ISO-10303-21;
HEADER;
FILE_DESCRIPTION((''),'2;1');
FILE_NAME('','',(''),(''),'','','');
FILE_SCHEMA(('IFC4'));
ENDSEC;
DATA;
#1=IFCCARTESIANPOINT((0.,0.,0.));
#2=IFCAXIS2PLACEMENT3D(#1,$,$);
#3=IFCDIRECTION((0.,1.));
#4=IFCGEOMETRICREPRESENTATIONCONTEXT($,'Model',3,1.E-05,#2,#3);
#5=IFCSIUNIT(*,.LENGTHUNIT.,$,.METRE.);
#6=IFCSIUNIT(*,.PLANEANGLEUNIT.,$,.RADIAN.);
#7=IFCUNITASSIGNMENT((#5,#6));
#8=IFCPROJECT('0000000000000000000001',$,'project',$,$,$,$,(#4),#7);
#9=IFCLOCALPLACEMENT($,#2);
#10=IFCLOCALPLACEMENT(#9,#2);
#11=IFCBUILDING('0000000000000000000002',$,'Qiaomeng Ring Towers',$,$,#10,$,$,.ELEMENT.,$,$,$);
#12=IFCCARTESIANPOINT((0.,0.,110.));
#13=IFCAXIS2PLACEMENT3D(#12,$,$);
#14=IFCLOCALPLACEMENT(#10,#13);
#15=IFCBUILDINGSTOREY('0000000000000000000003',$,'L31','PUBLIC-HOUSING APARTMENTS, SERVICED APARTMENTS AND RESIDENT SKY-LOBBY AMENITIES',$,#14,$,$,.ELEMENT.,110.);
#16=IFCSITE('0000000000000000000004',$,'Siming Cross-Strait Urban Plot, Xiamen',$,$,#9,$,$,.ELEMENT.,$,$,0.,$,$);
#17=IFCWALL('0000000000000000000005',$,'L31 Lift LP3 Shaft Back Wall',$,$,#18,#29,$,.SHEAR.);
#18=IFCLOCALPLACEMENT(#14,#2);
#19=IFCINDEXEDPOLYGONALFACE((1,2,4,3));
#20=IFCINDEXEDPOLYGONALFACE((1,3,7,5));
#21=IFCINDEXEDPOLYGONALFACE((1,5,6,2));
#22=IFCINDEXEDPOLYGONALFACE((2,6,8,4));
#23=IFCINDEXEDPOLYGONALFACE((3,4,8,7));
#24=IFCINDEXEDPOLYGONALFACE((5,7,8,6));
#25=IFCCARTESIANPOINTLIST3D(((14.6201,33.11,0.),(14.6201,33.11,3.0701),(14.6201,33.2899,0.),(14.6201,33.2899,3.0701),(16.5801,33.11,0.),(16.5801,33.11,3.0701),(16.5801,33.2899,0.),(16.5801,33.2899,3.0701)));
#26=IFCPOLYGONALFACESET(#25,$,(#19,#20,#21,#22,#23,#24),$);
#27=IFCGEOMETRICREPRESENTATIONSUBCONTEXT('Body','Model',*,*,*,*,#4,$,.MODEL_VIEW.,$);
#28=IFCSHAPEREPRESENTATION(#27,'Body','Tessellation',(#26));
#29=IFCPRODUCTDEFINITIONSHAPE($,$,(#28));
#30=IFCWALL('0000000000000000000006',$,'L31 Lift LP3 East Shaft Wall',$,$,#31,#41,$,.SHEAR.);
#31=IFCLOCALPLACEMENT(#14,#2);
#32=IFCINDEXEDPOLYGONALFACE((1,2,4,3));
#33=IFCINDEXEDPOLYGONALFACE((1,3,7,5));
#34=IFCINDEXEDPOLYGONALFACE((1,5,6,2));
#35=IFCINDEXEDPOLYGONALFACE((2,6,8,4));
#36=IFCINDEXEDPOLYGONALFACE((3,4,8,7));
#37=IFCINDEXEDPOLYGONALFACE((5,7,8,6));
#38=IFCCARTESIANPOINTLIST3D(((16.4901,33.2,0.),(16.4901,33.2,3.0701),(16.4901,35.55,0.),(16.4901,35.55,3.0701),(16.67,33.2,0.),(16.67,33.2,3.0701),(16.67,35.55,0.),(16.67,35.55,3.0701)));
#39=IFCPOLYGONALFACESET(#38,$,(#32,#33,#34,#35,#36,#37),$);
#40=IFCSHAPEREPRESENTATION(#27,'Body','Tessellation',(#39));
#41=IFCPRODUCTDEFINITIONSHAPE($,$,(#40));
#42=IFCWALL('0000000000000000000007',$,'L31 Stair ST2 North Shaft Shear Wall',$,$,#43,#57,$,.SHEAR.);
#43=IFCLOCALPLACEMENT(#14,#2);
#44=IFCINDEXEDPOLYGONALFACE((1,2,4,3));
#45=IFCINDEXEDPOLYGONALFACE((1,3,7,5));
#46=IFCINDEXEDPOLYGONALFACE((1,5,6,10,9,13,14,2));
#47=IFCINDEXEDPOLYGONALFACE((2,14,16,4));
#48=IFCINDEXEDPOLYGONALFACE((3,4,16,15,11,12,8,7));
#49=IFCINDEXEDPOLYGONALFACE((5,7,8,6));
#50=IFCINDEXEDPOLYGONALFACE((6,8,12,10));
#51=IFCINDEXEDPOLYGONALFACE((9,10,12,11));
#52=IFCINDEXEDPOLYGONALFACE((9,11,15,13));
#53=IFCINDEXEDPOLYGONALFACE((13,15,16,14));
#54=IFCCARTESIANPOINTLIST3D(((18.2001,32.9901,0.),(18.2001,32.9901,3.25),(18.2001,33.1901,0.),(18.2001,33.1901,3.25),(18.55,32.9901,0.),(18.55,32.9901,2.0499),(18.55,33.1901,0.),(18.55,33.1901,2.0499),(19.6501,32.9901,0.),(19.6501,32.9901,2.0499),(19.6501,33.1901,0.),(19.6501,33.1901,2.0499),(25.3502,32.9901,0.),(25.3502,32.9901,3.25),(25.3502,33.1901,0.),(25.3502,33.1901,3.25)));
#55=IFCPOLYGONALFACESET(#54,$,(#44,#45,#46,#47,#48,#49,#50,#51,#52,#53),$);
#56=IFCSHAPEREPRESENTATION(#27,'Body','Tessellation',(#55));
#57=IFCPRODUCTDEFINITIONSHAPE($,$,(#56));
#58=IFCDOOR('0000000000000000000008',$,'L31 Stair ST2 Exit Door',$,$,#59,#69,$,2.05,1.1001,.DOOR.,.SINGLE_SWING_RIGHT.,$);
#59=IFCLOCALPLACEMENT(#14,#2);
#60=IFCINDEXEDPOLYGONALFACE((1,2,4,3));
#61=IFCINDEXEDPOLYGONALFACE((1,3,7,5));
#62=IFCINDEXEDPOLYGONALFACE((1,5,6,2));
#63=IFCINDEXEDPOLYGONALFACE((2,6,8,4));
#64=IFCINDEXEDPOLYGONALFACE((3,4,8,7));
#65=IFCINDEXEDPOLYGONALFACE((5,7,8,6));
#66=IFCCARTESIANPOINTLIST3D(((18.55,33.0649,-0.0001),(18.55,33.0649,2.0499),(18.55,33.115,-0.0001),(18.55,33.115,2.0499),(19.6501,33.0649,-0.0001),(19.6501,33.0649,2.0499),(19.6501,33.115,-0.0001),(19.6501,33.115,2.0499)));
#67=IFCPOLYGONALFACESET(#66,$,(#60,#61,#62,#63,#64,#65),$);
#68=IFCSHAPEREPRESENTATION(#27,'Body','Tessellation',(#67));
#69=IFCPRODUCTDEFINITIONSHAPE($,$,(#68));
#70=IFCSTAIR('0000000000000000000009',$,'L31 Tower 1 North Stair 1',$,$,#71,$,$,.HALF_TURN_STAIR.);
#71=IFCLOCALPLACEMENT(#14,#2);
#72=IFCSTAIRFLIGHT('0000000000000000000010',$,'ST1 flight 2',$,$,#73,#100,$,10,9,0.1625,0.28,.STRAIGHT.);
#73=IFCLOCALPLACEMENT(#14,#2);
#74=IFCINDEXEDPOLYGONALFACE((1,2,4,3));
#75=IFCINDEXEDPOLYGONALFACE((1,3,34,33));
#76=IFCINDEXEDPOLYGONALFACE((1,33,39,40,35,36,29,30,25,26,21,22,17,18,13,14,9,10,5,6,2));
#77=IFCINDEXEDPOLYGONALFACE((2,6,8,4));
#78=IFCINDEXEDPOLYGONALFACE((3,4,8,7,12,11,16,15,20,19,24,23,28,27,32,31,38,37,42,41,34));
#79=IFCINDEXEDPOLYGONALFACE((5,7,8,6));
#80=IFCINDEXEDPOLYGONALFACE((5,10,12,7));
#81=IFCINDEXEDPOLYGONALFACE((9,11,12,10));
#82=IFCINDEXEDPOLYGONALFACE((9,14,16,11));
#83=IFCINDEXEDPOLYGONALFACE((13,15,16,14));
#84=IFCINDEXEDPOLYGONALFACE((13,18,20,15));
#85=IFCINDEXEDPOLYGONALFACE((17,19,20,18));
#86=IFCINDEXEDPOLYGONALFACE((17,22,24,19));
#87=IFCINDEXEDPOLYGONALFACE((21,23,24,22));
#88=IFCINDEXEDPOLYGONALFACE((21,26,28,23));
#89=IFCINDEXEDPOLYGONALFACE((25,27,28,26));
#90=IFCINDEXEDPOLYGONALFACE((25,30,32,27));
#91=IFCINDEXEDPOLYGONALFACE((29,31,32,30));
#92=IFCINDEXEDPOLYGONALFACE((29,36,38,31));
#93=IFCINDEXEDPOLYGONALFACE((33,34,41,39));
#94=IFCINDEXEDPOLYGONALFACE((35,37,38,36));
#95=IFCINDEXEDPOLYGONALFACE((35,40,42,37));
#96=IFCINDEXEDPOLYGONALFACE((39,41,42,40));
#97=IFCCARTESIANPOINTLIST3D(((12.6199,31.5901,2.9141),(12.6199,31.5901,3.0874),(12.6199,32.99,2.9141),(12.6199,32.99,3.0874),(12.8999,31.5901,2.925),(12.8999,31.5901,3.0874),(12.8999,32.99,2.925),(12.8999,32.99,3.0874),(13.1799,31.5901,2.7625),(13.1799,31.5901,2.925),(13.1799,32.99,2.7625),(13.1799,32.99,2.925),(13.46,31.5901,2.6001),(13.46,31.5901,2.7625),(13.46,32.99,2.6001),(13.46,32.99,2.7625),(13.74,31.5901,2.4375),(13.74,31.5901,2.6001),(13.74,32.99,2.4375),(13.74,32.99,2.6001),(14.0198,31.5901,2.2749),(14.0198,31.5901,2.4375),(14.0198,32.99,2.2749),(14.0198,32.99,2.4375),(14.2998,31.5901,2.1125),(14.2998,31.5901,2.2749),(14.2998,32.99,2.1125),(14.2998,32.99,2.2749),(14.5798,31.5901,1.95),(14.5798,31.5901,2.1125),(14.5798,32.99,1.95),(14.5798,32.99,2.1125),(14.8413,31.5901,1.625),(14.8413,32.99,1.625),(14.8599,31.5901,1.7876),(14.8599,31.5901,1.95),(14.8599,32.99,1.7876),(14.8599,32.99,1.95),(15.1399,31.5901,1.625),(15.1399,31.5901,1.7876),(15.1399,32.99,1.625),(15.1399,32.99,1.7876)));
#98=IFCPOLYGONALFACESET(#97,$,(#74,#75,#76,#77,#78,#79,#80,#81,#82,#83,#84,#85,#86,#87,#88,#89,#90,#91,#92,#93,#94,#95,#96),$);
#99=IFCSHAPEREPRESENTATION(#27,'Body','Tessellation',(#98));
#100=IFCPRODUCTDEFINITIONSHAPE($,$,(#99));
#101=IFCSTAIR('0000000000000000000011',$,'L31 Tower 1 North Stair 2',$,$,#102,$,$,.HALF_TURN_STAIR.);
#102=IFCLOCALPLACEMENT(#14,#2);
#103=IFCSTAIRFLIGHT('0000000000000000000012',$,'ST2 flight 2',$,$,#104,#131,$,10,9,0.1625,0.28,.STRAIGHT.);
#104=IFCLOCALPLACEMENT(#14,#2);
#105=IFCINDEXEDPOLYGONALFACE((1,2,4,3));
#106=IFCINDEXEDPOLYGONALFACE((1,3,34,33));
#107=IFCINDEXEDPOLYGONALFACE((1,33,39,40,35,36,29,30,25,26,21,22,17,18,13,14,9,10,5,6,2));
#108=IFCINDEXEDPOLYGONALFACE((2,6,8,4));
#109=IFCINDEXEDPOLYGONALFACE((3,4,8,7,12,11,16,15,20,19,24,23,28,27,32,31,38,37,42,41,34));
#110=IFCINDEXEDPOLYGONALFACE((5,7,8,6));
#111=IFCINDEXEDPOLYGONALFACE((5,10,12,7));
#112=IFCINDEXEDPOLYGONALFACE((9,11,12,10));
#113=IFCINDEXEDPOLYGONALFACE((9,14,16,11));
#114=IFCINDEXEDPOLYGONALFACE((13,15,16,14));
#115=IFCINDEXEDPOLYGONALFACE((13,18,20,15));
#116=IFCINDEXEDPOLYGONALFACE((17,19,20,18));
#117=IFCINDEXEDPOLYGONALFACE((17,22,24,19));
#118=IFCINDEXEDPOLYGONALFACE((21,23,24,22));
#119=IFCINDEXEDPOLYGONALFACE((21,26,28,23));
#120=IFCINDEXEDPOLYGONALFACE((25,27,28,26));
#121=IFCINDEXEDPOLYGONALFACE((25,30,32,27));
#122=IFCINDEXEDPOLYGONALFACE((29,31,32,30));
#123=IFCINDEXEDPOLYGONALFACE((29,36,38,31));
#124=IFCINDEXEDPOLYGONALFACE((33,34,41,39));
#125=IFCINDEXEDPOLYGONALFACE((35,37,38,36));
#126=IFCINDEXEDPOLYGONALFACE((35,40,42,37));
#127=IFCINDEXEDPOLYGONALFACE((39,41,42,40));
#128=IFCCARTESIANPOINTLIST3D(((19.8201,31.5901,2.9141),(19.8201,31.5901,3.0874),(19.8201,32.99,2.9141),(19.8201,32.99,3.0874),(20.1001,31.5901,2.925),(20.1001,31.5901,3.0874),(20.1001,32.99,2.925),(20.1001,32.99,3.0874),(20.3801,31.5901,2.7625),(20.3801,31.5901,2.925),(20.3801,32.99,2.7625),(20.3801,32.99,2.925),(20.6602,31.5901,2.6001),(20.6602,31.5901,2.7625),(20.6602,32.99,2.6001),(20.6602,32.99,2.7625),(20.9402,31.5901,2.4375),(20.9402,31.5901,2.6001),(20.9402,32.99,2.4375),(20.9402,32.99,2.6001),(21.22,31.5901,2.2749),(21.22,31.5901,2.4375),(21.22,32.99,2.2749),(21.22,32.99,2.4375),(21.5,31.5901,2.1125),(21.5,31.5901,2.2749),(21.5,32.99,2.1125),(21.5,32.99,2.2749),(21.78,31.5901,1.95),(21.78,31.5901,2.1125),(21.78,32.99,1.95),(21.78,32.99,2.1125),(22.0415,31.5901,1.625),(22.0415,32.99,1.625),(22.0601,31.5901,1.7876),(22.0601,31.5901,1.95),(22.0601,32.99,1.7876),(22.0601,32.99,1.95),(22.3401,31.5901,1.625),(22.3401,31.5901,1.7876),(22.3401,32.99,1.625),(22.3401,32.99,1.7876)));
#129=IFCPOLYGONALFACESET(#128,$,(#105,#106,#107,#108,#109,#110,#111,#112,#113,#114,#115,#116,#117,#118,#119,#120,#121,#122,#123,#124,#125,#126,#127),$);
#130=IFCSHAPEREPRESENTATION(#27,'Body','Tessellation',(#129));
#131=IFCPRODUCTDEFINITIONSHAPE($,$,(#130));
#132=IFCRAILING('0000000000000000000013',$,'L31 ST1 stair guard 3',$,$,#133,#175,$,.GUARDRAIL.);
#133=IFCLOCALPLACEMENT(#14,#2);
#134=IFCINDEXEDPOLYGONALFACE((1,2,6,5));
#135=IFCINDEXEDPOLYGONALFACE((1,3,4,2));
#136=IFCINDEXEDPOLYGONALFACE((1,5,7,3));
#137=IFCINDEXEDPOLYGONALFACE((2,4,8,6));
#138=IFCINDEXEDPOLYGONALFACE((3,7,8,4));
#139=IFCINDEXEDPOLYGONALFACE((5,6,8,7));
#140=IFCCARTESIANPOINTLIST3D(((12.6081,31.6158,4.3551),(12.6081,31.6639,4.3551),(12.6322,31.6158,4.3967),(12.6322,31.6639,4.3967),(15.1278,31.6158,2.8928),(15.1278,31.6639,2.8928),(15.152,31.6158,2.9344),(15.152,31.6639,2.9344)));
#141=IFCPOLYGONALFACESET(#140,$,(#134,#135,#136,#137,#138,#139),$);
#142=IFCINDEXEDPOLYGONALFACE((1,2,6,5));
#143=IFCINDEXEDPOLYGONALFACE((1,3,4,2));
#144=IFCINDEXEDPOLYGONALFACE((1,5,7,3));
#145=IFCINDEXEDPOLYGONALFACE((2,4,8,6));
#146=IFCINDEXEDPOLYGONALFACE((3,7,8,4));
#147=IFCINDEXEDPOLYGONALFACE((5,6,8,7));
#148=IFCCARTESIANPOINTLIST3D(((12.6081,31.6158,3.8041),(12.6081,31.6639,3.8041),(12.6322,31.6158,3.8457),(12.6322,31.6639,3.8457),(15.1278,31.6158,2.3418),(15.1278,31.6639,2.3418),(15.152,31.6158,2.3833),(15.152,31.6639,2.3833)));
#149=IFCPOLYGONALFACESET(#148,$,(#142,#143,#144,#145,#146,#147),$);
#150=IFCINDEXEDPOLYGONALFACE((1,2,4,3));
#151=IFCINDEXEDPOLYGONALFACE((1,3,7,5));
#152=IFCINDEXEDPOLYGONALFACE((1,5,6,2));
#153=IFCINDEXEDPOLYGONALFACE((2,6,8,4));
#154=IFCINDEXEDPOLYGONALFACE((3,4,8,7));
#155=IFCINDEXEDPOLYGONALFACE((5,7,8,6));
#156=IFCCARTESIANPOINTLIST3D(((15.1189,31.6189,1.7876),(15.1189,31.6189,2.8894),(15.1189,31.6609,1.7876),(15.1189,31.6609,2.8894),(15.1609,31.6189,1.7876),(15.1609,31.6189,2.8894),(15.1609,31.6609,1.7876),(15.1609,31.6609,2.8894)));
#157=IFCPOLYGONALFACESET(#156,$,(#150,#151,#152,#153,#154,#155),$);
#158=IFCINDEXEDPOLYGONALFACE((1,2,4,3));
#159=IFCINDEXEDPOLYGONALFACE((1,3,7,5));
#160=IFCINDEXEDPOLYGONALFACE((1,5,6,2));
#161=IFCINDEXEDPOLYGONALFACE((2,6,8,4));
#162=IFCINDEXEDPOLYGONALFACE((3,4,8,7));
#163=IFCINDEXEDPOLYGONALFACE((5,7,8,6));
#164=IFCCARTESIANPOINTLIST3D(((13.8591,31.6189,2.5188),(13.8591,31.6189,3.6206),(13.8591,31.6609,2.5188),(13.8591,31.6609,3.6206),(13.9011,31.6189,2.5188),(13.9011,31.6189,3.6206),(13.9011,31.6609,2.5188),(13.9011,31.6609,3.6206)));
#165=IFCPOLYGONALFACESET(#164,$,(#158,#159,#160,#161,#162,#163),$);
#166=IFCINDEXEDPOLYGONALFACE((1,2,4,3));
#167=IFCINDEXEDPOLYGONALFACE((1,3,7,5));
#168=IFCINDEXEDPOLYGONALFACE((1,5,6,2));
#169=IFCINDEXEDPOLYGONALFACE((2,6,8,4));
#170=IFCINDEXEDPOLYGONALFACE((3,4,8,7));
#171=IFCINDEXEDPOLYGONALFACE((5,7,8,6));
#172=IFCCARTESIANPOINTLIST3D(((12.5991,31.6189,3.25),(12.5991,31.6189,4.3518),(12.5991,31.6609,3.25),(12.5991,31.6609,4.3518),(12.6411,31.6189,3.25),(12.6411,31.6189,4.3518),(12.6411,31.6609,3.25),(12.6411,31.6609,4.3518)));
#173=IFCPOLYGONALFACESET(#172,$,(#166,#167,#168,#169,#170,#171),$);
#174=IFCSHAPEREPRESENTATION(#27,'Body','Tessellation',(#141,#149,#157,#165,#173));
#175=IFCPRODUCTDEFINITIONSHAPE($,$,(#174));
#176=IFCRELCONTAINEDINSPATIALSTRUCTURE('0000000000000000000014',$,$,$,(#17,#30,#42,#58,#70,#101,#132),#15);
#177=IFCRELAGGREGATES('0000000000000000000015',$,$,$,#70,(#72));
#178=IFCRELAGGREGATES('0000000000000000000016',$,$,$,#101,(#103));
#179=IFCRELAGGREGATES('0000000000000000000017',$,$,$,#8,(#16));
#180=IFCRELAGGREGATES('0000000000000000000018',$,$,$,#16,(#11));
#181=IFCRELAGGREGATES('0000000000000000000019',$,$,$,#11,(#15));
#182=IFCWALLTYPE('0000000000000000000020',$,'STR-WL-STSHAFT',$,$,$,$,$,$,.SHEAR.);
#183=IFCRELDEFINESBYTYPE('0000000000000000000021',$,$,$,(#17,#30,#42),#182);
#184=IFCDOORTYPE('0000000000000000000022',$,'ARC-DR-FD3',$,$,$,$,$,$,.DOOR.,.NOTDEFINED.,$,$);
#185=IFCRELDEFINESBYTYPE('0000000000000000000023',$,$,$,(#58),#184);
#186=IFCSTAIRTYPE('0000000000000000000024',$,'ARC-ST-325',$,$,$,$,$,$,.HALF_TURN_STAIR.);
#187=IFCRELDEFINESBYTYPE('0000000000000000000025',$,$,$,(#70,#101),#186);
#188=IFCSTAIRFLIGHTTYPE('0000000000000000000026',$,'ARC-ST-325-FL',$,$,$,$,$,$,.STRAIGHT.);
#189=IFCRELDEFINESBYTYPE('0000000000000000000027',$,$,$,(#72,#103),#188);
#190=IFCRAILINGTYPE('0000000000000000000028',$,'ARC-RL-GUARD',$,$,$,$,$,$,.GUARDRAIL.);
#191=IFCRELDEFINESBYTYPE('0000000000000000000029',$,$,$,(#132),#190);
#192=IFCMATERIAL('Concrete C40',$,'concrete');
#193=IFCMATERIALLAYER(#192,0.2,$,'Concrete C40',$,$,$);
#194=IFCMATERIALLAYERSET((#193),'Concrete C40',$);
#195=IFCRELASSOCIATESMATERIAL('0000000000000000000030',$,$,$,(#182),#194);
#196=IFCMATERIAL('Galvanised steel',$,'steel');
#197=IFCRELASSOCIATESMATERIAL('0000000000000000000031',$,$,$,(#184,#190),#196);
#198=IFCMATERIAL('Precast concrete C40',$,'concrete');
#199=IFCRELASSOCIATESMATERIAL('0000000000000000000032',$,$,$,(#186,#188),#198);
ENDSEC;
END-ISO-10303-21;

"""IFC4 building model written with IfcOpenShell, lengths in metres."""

from ifc_helpers import new_model, si_unit, direction, frame, frame_2d, origin, origin_2d, place, context, subcontext, project, spatial, polyline, rectangle, outline, extrude, source, transform, mapped, material, layer, layer_set, type_object, element, fill, aggregate, save


model = new_model("IFC4")

# Units and contexts
model_context = context("Model", 3, precision=1e-05, world=origin(), true_north=direction((0.0, 1.0)))
body_context = subcontext(model_context, "Body", "Model", "MODEL_VIEW")
ifc_project = project(units=[si_unit("LENGTHUNIT", "METRE"), si_unit("PLANEANGLEUNIT", "RADIAN")], contexts=[model_context])

# Site, building, storey
site_placement = place(None, origin())
site = spatial("IfcSite", under=ifc_project, at=site_placement, Name="Siming Cross-Strait Urban Plot, Xiamen", CompositionType="ELEMENT", RefElevation=0.0)
building_placement = place(site_placement, origin())
building = spatial("IfcBuilding", under=site, at=building_placement, Name="Qiaomeng Ring Towers", CompositionType="ELEMENT")
storey_placement = place(building_placement, frame((0.0, 0.0, 110.0)))
storey = spatial("IfcBuildingStorey", under=building, at=storey_placement, Name="L31", Description="PUBLIC-HOUSING APARTMENTS, SERVICED APARTMENTS AND RESIDENT SKY-LOBBY AMENITIES", CompositionType="ELEMENT", Elevation=110.0)

# Walls
ifc_material_1 = material(Name="Concrete C40", Category="concrete")
ifc_layer_1 = layer(ifc_material_1, 0.2, Name="Concrete C40")
ifc_layer_set_1 = layer_set([ifc_layer_1], Name="Concrete C40")
wall_type_1 = type_object("IfcWallType", Name="STR-WL-STSHAFT", PredefinedType="SHEAR", material=ifc_layer_set_1)
wall_1_placement = place(storey_placement, frame((14.6201, 33.2, 0.0), z_axis=(0.0, 0.0, 1.0), x_axis=(1.0, 0.0, 0.0)))
element("IfcWall", 1, at=wall_1_placement, inside=storey, type_object=wall_type_1, Name="L31 Lift LP3 Shaft Back Wall", PredefinedType="SHEAR", context=body_context, shape_type="SweptSolid", body=[
    extrude(rectangle(XDim=1.96, YDim=0.1799, at=frame_2d((0.98, 0.0))), origin(), (0.0, 0.0, 1.0), 3.0701),
])
wall_2_placement = place(storey_placement, frame((16.5801, 33.2, 0.0), z_axis=(0.0, 0.0, 1.0), x_axis=(0.0, 1.0, 0.0)))
element("IfcWall", 2, at=wall_2_placement, inside=storey, type_object=wall_type_1, Name="L31 Lift LP3 East Shaft Wall", PredefinedType="SHEAR", context=body_context, shape_type="SweptSolid", body=[
    extrude(rectangle(XDim=2.3501, YDim=0.1799, at=frame_2d((1.175, 0.0))), origin(), (0.0, 0.0, 1.0), 3.0701),
])

# Wall, opening, door
wall_3_placement = place(storey_placement, frame((18.2, 33.0901, 0.0), z_axis=(0.0, 0.0, 1.0), x_axis=(1.0, 0.0, 0.0)))
wall_3 = element("IfcWall", 3, at=wall_3_placement, inside=storey, type_object=wall_type_1, Name="L31 Stair ST2 North Shaft Shear Wall", PredefinedType="SHEAR", context=body_context, shape_type="SweptSolid", body=[
    extrude(rectangle(XDim=7.1501, YDim=0.2, at=frame_2d((3.5752, 0.0))), origin(), (0.0, 0.0, 1.0), 3.25),
])
opening_placement = place(wall_3_placement, frame((0.3501, 0.0, 0.0)))
opening = element("IfcOpeningElement", 4, at=opening_placement, cuts=wall_3, PredefinedType="OPENING", context=body_context, shape_type="SweptSolid", body=[
    extrude(rectangle(XDim=1.1001, YDim=2.05, at=frame_2d((0.55, 1.0249))), frame((0.0, 0.1099, 0.0), z_axis=(0.0, -1.0, 0.0), x_axis=(1.0, 0.0, 0.0)), (0.0, 0.0, 1.0), 0.22),
])
ifc_material_2 = material(Name="Galvanised steel", Category="steel")
door_type = type_object("IfcDoorType", Name="ARC-DR-FD3", OperationType="NOTDEFINED", PredefinedType="DOOR", material=ifc_material_2)
shared_shape_1 = source(origin(), body_context, "Body", "SweptSolid", [
    extrude(rectangle(XDim=1.1001, YDim=2.05, at=frame_2d((0.55, 1.0249))), frame((0.0, 0.0249, 0.0), z_axis=(0.0, -1.0, 0.0), x_axis=(1.0, 0.0, 0.0)), (0.0, 0.0, 1.0), 0.05),
])
door_placement = place(opening_placement, origin())
door = element("IfcDoor", 5, at=door_placement, inside=storey, type_object=door_type, Name="L31 Stair ST2 Exit Door", OperationType="SINGLE_SWING_RIGHT", OverallHeight=2.05, OverallWidth=1.1001, PredefinedType="DOOR", context=body_context, shape_type="MappedRepresentation", body=[
    mapped(shared_shape_1, transform((0.0, 0.0, 0.0), x_axis=(1.0, 0.0, 0.0), y_axis=(0.0, 1.0, 0.0), z_axis=(0.0, 0.0, 1.0), scale=1.0)),
])
fill(opening, door)

# Stairs, stair flights
ifc_material_3 = material(Name="Precast concrete C40", Category="concrete")
stair_type = type_object("IfcStairType", Name="ARC-ST-325", PredefinedType="HALF_TURN_STAIR", material=ifc_material_3)
stair_1_placement = place(storey_placement, origin())
stair_1 = element("IfcStair", 6, at=stair_1_placement, inside=storey, type_object=stair_type, Name="L31 Tower 1 North Stair 1", PredefinedType="HALF_TURN_STAIR")
stair_flight_type = type_object("IfcStairFlightType", Name="ARC-ST-325-FL", PredefinedType="STRAIGHT", material=ifc_material_3)
shared_shape_2 = source(origin(), body_context, "Body", "SweptSolid", [
    extrude(outline(polyline([(0.0, 0.0), (0.0, 0.1626), (0.28, 0.1626), (0.28, 0.325), (0.5601, 0.325), (0.5601, 0.4875), (0.8401, 0.4875), (0.8401, 0.6499), (1.1201, 0.6499), (1.1201, 0.8125), (1.3999, 0.8125), (1.3999, 0.9751), (1.6799, 0.9751), (1.6799, 1.1375), (1.96, 1.1375), (1.96, 1.3), (2.24, 1.3), (2.24, 1.4624), (2.52, 1.4624), (2.52, 1.625), (2.52, 1.2891), (0.2986, 0.0), (0.0, 0.0)])), frame((0.0, 0.7, 0.0), z_axis=(0.0, -1.0, 0.0), x_axis=(1.0, 0.0, 0.0)), (0.0, 0.0, 1.0), 1.3999),
])
stair_flight_1_placement = place(storey_placement, frame((15.1399, 32.29, 1.625), z_axis=(0.0, 0.0, 1.0), x_axis=(-1.0, 0.0, 0.0)))
stair_flight_1 = element("IfcStairFlight", 7, at=stair_flight_1_placement, type_object=stair_flight_type, Name="ST1 flight 2", NumberOfRisers=10, NumberOfTreads=9, PredefinedType="STRAIGHT", RiserHeight=0.1625, TreadLength=0.28, context=body_context, shape_type="MappedRepresentation", body=[
    mapped(shared_shape_2, transform((0.0, 0.0, 0.0), x_axis=(1.0, 0.0, 0.0), y_axis=(0.0, 1.0, 0.0), z_axis=(0.0, 0.0, 1.0), scale=1.0)),
])
aggregate(stair_1, [stair_flight_1])
stair_2_placement = place(storey_placement, origin())
stair_2 = element("IfcStair", 8, at=stair_2_placement, inside=storey, type_object=stair_type, Name="L31 Tower 1 North Stair 2", PredefinedType="HALF_TURN_STAIR")
stair_flight_2_placement = place(storey_placement, frame((22.3401, 32.29, 1.625), z_axis=(0.0, 0.0, 1.0), x_axis=(-1.0, 0.0, 0.0)))
stair_flight_2 = element("IfcStairFlight", 9, at=stair_flight_2_placement, type_object=stair_flight_type, Name="ST2 flight 2", NumberOfRisers=10, NumberOfTreads=9, PredefinedType="STRAIGHT", RiserHeight=0.1625, TreadLength=0.28, context=body_context, shape_type="MappedRepresentation", body=[
    mapped(shared_shape_2, transform((0.0, 0.0, 0.0), x_axis=(1.0, 0.0, 0.0), y_axis=(0.0, 1.0, 0.0), z_axis=(0.0, 0.0, 1.0), scale=1.0)),
])
aggregate(stair_2, [stair_flight_2])

# Railing
railing_type_1 = type_object("IfcRailingType", Name="ARC-RL-GUARD", PredefinedType="GUARDRAIL", material=ifc_material_2)
railing_1_placement = place(storey_placement, frame((15.1399, 31.6399, 1.7876)))
element("IfcRailing", 10, at=railing_1_placement, inside=storey, type_object=railing_type_1, Name="L31 ST1 stair guard 3", PredefinedType="GUARDRAIL", context=body_context, shape_type="SweptSolid", body=[
    extrude(rectangle(XDim=0.0481, YDim=0.0481, at=origin_2d()), frame((0.0, 0.0, 1.126), z_axis=(-0.864892, 0.0, 0.501958), x_axis=(0.0, -1.0, 0.0)), (0.0, 0.0, 1.0), 2.9133),
    extrude(rectangle(XDim=0.0481, YDim=0.0481, at=origin_2d()), frame((0.0, 0.0, 0.575), z_axis=(-0.864892, 0.0, 0.501958), x_axis=(0.0, -1.0, 0.0)), (0.0, 0.0, 1.0), 2.9133),
    extrude(rectangle(XDim=0.042, YDim=0.042, at=origin_2d()), origin(), (0.0, 0.0, 1.0), 1.1018),
    extrude(rectangle(XDim=0.042, YDim=0.042, at=origin_2d()), frame((-1.2598, 0.0, 0.7312)), (0.0, 0.0, 1.0), 1.1018),
    extrude(rectangle(XDim=0.042, YDim=0.042, at=origin_2d()), frame((-2.5198, 0.0, 1.4624)), (0.0, 0.0, 1.0), 1.1018),
])

save(model, "model.ifc")
